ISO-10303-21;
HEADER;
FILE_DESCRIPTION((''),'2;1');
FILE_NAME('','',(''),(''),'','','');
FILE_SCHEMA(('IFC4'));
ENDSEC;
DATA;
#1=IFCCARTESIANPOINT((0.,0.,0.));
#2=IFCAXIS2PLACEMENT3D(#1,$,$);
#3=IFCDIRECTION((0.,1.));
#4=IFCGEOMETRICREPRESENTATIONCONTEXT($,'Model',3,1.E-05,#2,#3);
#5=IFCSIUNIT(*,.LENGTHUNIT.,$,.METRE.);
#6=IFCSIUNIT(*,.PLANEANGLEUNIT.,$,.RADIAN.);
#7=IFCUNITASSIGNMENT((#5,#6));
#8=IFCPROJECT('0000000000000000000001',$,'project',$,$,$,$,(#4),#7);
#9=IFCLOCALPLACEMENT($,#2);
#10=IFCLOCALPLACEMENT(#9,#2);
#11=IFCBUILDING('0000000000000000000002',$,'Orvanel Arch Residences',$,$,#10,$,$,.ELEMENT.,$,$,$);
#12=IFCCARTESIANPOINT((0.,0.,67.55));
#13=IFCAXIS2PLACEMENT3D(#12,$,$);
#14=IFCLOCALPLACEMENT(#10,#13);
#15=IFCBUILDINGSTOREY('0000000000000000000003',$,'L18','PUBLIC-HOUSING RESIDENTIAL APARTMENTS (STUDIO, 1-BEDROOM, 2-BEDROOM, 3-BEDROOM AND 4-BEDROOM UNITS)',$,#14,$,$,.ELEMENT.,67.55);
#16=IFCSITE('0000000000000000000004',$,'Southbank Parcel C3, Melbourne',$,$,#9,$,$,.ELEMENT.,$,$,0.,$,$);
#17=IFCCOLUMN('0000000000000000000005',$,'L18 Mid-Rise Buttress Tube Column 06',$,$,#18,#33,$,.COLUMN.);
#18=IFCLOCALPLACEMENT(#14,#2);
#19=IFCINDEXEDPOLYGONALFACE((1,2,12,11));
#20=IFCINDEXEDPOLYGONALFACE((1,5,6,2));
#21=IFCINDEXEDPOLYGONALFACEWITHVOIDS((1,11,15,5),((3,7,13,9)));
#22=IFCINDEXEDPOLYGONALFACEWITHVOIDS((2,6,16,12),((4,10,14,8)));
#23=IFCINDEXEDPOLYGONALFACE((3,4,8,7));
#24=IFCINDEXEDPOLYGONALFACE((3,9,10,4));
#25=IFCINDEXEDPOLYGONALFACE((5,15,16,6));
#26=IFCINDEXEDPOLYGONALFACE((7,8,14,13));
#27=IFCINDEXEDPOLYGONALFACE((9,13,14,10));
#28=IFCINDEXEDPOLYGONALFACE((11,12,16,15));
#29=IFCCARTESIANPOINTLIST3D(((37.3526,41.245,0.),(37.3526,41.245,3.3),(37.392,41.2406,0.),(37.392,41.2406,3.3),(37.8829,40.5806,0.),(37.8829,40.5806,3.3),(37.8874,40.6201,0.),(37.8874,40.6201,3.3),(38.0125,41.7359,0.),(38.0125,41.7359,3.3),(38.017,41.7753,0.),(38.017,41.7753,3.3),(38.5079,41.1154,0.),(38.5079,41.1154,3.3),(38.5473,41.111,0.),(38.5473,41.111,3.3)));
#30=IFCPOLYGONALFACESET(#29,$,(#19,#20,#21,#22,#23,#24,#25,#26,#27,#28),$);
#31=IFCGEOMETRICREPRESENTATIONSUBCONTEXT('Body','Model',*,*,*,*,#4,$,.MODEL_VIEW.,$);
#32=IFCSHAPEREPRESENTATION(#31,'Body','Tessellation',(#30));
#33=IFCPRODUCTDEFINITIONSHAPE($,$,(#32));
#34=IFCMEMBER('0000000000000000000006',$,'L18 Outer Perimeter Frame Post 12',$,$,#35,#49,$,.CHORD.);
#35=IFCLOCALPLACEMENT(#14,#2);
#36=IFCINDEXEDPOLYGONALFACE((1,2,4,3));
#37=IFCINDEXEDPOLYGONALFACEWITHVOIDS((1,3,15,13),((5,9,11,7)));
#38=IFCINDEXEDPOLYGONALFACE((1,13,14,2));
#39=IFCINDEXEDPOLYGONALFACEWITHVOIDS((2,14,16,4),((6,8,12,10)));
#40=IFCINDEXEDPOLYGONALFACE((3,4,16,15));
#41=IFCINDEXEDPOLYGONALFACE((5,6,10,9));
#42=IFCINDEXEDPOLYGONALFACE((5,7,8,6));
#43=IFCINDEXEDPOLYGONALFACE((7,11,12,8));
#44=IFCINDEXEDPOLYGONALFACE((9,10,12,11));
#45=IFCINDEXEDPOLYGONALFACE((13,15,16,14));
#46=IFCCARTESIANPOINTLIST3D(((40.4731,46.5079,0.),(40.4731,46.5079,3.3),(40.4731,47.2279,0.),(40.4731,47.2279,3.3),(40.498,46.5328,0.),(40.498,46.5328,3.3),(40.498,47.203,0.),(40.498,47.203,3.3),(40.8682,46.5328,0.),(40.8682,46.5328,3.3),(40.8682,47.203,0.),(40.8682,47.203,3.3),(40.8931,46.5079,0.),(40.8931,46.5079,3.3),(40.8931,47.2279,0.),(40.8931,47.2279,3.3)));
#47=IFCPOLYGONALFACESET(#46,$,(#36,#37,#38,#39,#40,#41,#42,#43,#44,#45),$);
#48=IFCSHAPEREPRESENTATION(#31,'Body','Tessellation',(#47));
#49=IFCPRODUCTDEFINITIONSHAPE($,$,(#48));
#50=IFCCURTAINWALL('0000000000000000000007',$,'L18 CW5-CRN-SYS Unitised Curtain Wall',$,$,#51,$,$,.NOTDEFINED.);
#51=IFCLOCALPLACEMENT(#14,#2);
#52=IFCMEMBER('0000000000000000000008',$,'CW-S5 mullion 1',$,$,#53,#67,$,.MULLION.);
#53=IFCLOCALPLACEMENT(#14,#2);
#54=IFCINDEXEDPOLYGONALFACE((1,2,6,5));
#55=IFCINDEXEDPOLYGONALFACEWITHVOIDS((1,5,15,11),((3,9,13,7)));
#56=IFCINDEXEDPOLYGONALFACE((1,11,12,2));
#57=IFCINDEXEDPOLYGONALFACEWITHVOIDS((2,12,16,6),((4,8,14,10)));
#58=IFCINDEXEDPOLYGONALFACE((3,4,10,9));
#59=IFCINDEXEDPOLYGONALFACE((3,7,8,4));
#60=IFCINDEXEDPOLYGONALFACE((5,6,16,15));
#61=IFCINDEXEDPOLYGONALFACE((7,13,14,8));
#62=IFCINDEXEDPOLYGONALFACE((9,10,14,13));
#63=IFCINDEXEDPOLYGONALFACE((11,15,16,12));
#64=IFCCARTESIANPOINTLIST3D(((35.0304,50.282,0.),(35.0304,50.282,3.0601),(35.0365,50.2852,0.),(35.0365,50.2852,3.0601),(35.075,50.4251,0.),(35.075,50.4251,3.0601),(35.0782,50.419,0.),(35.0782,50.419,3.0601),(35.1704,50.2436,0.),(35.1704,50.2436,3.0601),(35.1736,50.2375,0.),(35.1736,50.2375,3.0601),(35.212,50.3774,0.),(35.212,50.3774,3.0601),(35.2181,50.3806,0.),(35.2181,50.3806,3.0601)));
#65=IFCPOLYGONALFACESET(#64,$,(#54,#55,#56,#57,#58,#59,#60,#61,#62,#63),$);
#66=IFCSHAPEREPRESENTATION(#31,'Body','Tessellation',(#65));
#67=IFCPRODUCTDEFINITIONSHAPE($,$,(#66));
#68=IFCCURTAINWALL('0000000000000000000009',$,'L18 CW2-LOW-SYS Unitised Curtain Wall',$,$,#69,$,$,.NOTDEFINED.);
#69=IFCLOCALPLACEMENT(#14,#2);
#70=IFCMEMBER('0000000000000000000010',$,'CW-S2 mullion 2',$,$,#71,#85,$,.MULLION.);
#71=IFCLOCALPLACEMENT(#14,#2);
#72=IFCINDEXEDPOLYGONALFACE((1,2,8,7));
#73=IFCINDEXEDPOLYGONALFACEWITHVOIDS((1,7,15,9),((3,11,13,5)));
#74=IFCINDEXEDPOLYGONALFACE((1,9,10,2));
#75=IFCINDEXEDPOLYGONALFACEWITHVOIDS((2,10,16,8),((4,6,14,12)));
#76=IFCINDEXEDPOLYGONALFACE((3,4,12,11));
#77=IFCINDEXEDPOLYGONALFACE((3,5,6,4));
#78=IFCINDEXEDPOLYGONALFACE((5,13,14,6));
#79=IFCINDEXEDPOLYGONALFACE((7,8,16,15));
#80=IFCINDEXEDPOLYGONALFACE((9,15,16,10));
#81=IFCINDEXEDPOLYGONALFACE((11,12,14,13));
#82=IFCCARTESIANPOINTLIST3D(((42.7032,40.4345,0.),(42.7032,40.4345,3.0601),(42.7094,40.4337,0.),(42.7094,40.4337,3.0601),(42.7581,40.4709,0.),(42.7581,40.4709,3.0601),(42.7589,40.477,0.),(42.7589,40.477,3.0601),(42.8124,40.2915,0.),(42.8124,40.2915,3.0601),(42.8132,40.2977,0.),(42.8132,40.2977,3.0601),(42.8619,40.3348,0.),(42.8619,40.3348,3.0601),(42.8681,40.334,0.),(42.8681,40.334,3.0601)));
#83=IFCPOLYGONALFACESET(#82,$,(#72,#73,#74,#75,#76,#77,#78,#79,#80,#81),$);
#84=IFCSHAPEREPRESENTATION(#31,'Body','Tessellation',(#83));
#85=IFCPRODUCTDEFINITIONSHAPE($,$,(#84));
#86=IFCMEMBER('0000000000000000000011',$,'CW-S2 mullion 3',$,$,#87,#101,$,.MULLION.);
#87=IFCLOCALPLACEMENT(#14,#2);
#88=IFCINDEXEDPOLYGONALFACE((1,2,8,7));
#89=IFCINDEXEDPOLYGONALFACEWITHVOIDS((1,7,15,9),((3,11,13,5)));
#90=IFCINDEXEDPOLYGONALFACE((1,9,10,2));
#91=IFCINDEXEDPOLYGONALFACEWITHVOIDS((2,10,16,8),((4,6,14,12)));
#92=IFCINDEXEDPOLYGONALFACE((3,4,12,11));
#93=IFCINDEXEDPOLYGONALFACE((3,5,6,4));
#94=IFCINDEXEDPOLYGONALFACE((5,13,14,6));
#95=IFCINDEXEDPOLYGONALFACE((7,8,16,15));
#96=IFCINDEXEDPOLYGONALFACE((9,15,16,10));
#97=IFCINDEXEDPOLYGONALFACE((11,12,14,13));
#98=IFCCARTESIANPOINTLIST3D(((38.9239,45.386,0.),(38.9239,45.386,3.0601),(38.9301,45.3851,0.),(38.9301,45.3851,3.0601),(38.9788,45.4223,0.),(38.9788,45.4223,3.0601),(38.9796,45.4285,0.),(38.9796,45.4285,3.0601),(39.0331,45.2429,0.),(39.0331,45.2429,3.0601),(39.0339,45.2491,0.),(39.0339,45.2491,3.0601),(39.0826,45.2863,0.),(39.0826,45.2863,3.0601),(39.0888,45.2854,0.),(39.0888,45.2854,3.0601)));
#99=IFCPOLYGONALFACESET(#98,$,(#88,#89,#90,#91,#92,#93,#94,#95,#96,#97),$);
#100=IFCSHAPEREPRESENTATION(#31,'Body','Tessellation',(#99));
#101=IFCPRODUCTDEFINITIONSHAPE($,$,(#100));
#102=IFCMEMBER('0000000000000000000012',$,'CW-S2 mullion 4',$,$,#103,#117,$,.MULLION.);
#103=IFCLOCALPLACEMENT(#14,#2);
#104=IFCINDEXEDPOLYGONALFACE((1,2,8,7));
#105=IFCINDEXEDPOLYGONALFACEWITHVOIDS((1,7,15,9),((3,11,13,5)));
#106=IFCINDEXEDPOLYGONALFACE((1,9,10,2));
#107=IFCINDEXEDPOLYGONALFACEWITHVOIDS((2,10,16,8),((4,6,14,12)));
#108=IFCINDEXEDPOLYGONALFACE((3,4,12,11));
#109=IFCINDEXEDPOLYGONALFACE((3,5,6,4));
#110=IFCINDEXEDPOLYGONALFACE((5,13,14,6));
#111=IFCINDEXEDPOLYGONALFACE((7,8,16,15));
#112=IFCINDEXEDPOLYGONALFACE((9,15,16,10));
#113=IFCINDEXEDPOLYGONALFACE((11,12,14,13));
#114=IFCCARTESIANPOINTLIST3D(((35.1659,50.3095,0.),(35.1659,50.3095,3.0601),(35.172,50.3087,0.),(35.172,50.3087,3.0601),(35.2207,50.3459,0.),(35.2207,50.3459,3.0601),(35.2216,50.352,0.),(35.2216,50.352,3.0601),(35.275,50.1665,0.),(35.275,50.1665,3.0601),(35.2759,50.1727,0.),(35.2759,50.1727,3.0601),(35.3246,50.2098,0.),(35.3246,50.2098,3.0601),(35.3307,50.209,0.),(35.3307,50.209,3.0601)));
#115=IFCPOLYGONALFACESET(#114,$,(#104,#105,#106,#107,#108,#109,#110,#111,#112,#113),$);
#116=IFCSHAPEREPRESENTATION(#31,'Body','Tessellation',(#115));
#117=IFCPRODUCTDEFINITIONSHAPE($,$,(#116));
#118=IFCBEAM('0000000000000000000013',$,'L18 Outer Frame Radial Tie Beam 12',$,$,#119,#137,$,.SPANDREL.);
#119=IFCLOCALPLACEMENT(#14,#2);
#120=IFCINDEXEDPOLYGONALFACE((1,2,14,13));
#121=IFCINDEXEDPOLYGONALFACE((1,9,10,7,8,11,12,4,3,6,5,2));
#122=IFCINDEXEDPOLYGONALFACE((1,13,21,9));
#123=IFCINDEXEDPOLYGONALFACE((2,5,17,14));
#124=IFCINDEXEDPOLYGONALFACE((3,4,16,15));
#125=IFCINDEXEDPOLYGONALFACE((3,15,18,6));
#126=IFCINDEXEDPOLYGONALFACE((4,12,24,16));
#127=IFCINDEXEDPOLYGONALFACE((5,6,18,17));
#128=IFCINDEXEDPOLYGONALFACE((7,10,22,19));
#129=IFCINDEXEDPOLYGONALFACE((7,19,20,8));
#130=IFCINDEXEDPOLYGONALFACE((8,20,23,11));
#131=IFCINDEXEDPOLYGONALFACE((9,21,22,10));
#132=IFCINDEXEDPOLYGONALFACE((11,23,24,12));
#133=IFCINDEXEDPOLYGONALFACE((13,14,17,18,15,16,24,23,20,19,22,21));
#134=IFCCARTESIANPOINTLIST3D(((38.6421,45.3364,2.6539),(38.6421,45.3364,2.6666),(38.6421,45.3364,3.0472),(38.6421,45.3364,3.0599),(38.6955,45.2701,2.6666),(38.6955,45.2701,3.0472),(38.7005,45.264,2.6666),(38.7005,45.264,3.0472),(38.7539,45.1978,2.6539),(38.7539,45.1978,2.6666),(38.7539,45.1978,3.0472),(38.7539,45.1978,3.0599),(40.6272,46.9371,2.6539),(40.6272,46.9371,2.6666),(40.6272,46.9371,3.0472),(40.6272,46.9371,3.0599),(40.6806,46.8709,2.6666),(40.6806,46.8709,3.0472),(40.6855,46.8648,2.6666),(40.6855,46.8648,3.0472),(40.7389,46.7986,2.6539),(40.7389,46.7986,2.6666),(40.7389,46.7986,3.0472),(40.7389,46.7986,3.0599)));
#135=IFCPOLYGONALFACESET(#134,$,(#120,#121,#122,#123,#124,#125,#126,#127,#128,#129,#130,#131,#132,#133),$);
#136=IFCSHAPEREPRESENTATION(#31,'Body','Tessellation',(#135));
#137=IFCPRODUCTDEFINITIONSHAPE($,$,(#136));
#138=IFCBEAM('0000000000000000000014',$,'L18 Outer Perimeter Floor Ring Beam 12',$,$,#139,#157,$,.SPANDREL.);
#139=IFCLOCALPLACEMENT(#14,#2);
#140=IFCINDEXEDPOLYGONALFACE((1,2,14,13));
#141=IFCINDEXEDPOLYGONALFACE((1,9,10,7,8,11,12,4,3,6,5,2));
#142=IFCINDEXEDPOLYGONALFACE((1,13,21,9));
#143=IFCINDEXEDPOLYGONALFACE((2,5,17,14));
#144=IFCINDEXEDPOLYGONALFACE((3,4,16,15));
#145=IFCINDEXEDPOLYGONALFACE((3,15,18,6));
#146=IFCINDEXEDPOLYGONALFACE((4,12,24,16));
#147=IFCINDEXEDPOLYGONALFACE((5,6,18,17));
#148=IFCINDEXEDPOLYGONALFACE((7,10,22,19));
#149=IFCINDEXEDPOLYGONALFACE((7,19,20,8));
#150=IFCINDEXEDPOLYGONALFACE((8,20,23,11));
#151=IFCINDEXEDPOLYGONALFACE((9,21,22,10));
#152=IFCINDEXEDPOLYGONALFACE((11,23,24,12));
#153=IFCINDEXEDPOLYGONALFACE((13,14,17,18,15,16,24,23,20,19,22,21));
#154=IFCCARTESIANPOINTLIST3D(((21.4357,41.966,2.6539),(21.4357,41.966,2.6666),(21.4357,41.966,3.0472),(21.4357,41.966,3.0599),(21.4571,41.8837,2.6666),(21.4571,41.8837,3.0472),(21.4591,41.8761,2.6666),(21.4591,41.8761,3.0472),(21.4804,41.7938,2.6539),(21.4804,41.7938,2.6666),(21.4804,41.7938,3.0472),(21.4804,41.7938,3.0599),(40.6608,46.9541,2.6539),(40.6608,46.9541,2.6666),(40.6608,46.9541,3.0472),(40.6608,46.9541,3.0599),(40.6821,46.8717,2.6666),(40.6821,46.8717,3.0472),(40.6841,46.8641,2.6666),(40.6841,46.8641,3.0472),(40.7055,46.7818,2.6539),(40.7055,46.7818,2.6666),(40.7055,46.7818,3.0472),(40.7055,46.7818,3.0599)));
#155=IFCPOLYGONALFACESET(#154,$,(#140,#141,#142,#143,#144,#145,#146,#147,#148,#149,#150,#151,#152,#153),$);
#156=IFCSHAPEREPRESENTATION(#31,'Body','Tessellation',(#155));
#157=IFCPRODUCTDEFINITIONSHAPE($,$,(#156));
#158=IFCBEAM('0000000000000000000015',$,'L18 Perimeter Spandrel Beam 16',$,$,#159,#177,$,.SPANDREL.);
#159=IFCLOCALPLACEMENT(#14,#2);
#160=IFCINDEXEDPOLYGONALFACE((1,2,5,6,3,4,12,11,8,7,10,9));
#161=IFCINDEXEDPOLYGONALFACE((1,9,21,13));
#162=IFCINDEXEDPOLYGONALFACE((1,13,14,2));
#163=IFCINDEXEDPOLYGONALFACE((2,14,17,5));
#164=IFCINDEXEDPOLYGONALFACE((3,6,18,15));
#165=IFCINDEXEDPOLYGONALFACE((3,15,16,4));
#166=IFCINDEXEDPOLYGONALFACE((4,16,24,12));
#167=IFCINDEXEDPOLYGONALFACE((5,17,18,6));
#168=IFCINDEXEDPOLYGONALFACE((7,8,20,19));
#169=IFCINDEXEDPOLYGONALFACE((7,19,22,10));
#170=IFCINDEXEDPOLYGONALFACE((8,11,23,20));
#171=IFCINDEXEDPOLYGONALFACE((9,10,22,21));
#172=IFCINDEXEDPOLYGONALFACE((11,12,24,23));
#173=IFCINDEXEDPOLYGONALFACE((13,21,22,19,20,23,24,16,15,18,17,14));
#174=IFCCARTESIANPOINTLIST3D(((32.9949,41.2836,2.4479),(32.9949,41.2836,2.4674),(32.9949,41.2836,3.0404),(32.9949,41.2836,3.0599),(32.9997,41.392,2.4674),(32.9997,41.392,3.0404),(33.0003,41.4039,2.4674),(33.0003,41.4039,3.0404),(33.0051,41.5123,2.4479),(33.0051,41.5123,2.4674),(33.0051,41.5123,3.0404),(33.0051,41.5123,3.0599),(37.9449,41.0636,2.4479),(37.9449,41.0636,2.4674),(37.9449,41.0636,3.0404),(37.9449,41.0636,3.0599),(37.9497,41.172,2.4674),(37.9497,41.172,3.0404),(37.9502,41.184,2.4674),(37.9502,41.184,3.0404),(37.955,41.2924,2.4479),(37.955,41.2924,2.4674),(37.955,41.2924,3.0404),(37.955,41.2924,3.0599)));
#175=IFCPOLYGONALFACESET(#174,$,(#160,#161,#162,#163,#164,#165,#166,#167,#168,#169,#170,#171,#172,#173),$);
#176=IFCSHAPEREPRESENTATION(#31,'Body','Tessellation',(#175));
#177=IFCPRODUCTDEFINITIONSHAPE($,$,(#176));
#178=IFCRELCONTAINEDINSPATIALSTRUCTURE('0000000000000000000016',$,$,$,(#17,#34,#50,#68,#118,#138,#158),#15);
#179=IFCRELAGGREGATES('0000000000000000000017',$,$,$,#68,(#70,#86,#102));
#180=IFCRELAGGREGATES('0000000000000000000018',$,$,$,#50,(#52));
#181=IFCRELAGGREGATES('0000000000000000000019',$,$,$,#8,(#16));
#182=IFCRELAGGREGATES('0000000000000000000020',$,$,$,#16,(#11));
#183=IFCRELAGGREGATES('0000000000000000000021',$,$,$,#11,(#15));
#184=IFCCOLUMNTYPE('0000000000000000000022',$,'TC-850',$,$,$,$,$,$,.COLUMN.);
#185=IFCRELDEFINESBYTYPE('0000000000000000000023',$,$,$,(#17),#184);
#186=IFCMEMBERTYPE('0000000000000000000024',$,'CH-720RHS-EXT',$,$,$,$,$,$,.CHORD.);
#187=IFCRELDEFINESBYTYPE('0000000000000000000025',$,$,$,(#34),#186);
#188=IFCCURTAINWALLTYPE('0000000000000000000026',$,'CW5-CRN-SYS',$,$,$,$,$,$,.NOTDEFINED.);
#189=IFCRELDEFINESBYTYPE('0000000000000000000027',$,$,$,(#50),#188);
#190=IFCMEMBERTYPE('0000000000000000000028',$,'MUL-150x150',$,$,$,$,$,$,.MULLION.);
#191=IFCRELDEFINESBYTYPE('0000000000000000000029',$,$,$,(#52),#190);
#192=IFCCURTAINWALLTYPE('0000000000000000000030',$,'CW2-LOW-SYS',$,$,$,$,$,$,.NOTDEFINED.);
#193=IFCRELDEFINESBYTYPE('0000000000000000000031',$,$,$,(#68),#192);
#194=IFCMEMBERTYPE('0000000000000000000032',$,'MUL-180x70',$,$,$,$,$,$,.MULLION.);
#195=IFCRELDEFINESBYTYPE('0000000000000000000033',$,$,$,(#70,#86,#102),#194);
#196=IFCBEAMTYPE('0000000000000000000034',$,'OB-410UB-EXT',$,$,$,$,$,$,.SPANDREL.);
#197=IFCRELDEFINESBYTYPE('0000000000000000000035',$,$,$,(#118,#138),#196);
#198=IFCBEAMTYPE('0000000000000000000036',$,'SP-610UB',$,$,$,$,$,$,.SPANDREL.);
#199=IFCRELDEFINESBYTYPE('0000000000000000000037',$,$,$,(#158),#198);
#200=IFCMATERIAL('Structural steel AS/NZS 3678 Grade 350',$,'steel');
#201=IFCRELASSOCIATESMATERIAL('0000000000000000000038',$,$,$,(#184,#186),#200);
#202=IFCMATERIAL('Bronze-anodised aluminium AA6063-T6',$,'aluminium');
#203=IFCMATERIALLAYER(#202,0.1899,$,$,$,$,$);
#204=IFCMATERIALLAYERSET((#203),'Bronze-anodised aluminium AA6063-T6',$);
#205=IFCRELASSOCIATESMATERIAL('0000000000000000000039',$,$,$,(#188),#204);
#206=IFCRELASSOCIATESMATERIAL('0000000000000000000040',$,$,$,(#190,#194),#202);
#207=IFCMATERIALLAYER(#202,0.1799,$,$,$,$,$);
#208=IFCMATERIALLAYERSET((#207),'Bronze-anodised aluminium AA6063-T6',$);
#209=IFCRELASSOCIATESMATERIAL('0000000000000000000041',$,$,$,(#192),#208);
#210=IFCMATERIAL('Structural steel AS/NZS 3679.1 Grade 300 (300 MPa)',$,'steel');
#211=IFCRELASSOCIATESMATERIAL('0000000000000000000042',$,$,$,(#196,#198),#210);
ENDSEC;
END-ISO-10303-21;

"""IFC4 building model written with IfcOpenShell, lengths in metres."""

from ifc_helpers import new_model, si_unit, direction, frame, origin, origin_2d, place, context, subcontext, project, spatial, hollow_rectangle, i_section, extrude, material, layer, layer_set, material_profile, profile_set, type_object, element, aggregate, save


model = new_model("IFC4")

# Units and contexts
model_context = context("Model", 3, precision=1e-05, world=origin(), true_north=direction((0.0, 1.0)))
body_context = subcontext(model_context, "Body", "Model", "MODEL_VIEW")
ifc_project = project(units=[si_unit("LENGTHUNIT", "METRE"), si_unit("PLANEANGLEUNIT", "RADIAN")], contexts=[model_context])

# Site, building, storey
site_placement = place(None, origin())
site = spatial("IfcSite", under=ifc_project, at=site_placement, Name="Southbank Parcel C3, Melbourne", CompositionType="ELEMENT", RefElevation=0.0)
building_placement = place(site_placement, origin())
building = spatial("IfcBuilding", under=site, at=building_placement, Name="Orvanel Arch Residences", CompositionType="ELEMENT")
storey_placement = place(building_placement, frame((0.0, 0.0, 67.55)))
storey = spatial("IfcBuildingStorey", under=building, at=storey_placement, Name="L18", Description="PUBLIC-HOUSING RESIDENTIAL APARTMENTS (STUDIO, 1-BEDROOM, 2-BEDROOM, 3-BEDROOM AND 4-BEDROOM UNITS)", CompositionType="ELEMENT", Elevation=67.55)

# Column
ifc_material_1 = material(Name="Structural steel AS/NZS 3678 Grade 350", Category="steel")
ifc_material_profile_1 = material_profile(ifc_material_1, hollow_rectangle(XDim=0.8501, YDim=0.8501, WallThickness=0.0281, at=origin_2d()), Name="BOX850x850x28")
ifc_profile_set_1 = profile_set([ifc_material_profile_1], Name="Structural steel AS/NZS 3678 Grade 350")
column_type = type_object("IfcColumnType", Name="TC-850", PredefinedType="COLUMN", material=ifc_profile_set_1)
column_placement = place(storey_placement, frame((37.95, 41.178, 0.0), z_axis=(0.0, 0.0, 1.0), x_axis=(-0.62388, 0.78152, 0.0)))
element("IfcColumn", 1, at=column_placement, inside=storey, type_object=column_type, Name="L18 Mid-Rise Buttress Tube Column 06", PredefinedType="COLUMN", context=body_context, shape_type="SweptSolid", body=[
    extrude(hollow_rectangle(XDim=0.8501, YDim=0.8501, WallThickness=0.0281, at=origin_2d()), origin(), (0.0, 0.0, 1.0), 3.3),
])

# Member
ifc_material_profile_2 = material_profile(ifc_material_1, hollow_rectangle(XDim=0.4199, YDim=0.72, WallThickness=0.0249, at=origin_2d()), Name="RHS720x420x25")
ifc_profile_set_2 = profile_set([ifc_material_profile_2], Name="Structural steel AS/NZS 3678 Grade 350")
member_type_1 = type_object("IfcMemberType", Name="CH-720RHS-EXT", PredefinedType="CHORD", material=ifc_profile_set_2)
member_1_placement = place(storey_placement, frame((40.6831, 46.8679, 0.0), z_axis=(0.0, 0.0, 1.0), x_axis=(1.0, 0.0, 0.0)))
element("IfcMember", 2, at=member_1_placement, inside=storey, type_object=member_type_1, Name="L18 Outer Perimeter Frame Post 12", PredefinedType="CHORD", context=body_context, shape_type="SweptSolid", body=[
    extrude(hollow_rectangle(XDim=0.4199, YDim=0.72, WallThickness=0.0249, at=origin_2d()), origin(), (0.0, 0.0, 1.0), 3.3),
])

# Curtain wall, member
ifc_material_2 = material(Name="Bronze-anodised aluminium AA6063-T6", Category="aluminium")
ifc_layer_1 = layer(ifc_material_2, 0.1899)
ifc_layer_set_1 = layer_set([ifc_layer_1], Name="Bronze-anodised aluminium AA6063-T6")
curtain_wall_type_1 = type_object("IfcCurtainWallType", Name="CW5-CRN-SYS", PredefinedType="NOTDEFINED", material=ifc_layer_set_1)
curtain_wall_1_placement = place(storey_placement, origin())
curtain_wall_1 = element("IfcCurtainWall", 3, at=curtain_wall_1_placement, inside=storey, type_object=curtain_wall_type_1, Name="L18 CW5-CRN-SYS Unitised Curtain Wall", PredefinedType="NOTDEFINED")
ifc_material_profile_3 = material_profile(ifc_material_2, hollow_rectangle(XDim=0.1499, YDim=0.1499, WallThickness=0.0049, at=origin_2d()), Name="ALU150x150x5")
ifc_profile_set_3 = profile_set([ifc_material_profile_3], Name="Bronze-anodised aluminium AA6063-T6")
member_type_2 = type_object("IfcMemberType", Name="MUL-150x150", PredefinedType="MULLION", material=ifc_profile_set_3)
member_2_placement = place(storey_placement, frame((35.1243, 50.3313, 0.0), z_axis=(0.0, 0.0, 1.0), x_axis=(-0.2971, -0.954846, 0.0)))
member_2 = element("IfcMember", 4, at=member_2_placement, type_object=member_type_2, Name="CW-S5 mullion 1", PredefinedType="MULLION", context=body_context, shape_type="SweptSolid", body=[
    extrude(hollow_rectangle(XDim=0.1499, YDim=0.1499, WallThickness=0.0049, at=origin_2d()), origin(), (0.0, 0.0, 1.0), 3.0601),
])

# Curtain wall, members
ifc_layer_2 = layer(ifc_material_2, 0.1799)
ifc_layer_set_2 = layer_set([ifc_layer_2], Name="Bronze-anodised aluminium AA6063-T6")
curtain_wall_type_2 = type_object("IfcCurtainWallType", Name="CW2-LOW-SYS", PredefinedType="NOTDEFINED", material=ifc_layer_set_2)
curtain_wall_2_placement = place(storey_placement, origin())
curtain_wall_2 = element("IfcCurtainWall", 5, at=curtain_wall_2_placement, inside=storey, type_object=curtain_wall_type_2, Name="L18 CW2-LOW-SYS Unitised Curtain Wall", PredefinedType="NOTDEFINED")
ifc_material_profile_4 = material_profile(ifc_material_2, hollow_rectangle(XDim=0.0701, YDim=0.1799, WallThickness=0.0044, at=origin_2d()), Name="ALU180x70x4.5")
ifc_profile_set_4 = profile_set([ifc_material_profile_4], Name="Bronze-anodised aluminium AA6063-T6")
member_type_3 = type_object("IfcMemberType", Name="MUL-180x70", PredefinedType="MULLION", material=ifc_profile_set_4)
member_3_placement = place(storey_placement, frame((42.7856, 40.3843, 0.0), z_axis=(0.0, 0.0, 1.0), x_axis=(-0.794898, -0.606743, 0.0)))
member_3 = element("IfcMember", 6, at=member_3_placement, type_object=member_type_3, Name="CW-S2 mullion 2", PredefinedType="MULLION", context=body_context, shape_type="SweptSolid", body=[
    extrude(hollow_rectangle(XDim=0.0701, YDim=0.1799, WallThickness=0.0044, at=origin_2d()), origin(), (0.0, 0.0, 1.0), 3.0601),
])
member_4_placement = place(storey_placement, frame((39.0063, 45.3357, 0.0), z_axis=(0.0, 0.0, 1.0), x_axis=(-0.794898, -0.606743, 0.0)))
member_4 = element("IfcMember", 7, at=member_4_placement, type_object=member_type_3, Name="CW-S2 mullion 3", PredefinedType="MULLION", context=body_context, shape_type="SweptSolid", body=[
    extrude(hollow_rectangle(XDim=0.0701, YDim=0.1799, WallThickness=0.0044, at=origin_2d()), origin(), (0.0, 0.0, 1.0), 3.0601),
])
member_5_placement = place(storey_placement, frame((35.2483, 50.2593, 0.0), z_axis=(0.0, 0.0, 1.0), x_axis=(-0.794898, -0.606743, 0.0)))
member_5 = element("IfcMember", 8, at=member_5_placement, type_object=member_type_3, Name="CW-S2 mullion 4", PredefinedType="MULLION", context=body_context, shape_type="SweptSolid", body=[
    extrude(hollow_rectangle(XDim=0.0701, YDim=0.1799, WallThickness=0.0044, at=origin_2d()), origin(), (0.0, 0.0, 1.0), 3.0601),
])

# Beams
ifc_material_3 = material(Name="Structural steel AS/NZS 3679.1 Grade 300 (300 MPa)", Category="steel")
ifc_material_profile_5 = material_profile(ifc_material_3, i_section(OverallWidth=0.178, OverallDepth=0.406, WebThickness=0.0078, FlangeThickness=0.0127, at=origin_2d()), Name="410UB59.7")
ifc_profile_set_5 = profile_set([ifc_material_profile_5], Name="Structural steel AS/NZS 3679.1 Grade 300 (300 MPa)")
beam_type_1 = type_object("IfcBeamType", Name="OB-410UB-EXT", PredefinedType="SPANDREL", material=ifc_profile_set_5)
beam_1_placement = place(storey_placement, frame((38.698, 45.2671, 2.8569), z_axis=(0.778425, 0.627737, 0.0), x_axis=(-0.627737, 0.778425, 0.0)))
element("IfcBeam", 9, at=beam_1_placement, inside=storey, type_object=beam_type_1, Name="L18 Outer Frame Radial Tie Beam 12", PredefinedType="SPANDREL", context=body_context, shape_type="SweptSolid", body=[
    extrude(i_section(OverallWidth=0.178, OverallDepth=0.406, WebThickness=0.0078, FlangeThickness=0.0127, at=origin_2d()), origin(), (0.0, 0.0, 1.0), 2.55),
])
beam_2_placement = place(storey_placement, frame((40.6831, 46.8679, 2.8569), z_axis=(-0.967951, -0.251139, 0.0), x_axis=(0.251139, -0.967951, 0.0)))
element("IfcBeam", 10, at=beam_2_placement, inside=storey, type_object=beam_type_1, Name="L18 Outer Perimeter Floor Ring Beam 12", PredefinedType="SPANDREL", context=body_context, shape_type="SweptSolid", body=[
    extrude(i_section(OverallWidth=0.178, OverallDepth=0.406, WebThickness=0.0078, FlangeThickness=0.0127, at=origin_2d()), origin(), (0.0, 0.0, 1.0), 19.8616),
])
ifc_material_profile_6 = material_profile(ifc_material_3, i_section(OverallWidth=0.229, OverallDepth=0.6121, WebThickness=0.012, FlangeThickness=0.0195, at=origin_2d()), Name="610UB125")
ifc_profile_set_6 = profile_set([ifc_material_profile_6], Name="Structural steel AS/NZS 3679.1 Grade 300 (300 MPa)")
beam_type_2 = type_object("IfcBeamType", Name="SP-610UB", PredefinedType="SPANDREL", material=ifc_profile_set_6)
for number, where, z_axis, x_axis, name in (
    (11, (37.95, 41.178, 2.7539), (-0.999014, 0.044395, 0.0), (-0.044395, -0.999014, 0.0), "L18 Perimeter Spandrel Beam 16"),
):
    element("IfcBeam", number, at=place(storey_placement, frame(where, z_axis=z_axis, x_axis=x_axis)), inside=storey, type_object=beam_type_2, Name=name, PredefinedType="SPANDREL", context=body_context, shape_type="SweptSolid", body=[
        extrude(i_section(OverallWidth=0.229, OverallDepth=0.6121, WebThickness=0.012, FlangeThickness=0.0195, at=origin_2d()), origin(), (0.0, 0.0, 1.0), 4.9548),
    ])

aggregate(curtain_wall_2, [member_3, member_4, member_5])
aggregate(curtain_wall_1, [member_2])

save(model, "model.ifc")
